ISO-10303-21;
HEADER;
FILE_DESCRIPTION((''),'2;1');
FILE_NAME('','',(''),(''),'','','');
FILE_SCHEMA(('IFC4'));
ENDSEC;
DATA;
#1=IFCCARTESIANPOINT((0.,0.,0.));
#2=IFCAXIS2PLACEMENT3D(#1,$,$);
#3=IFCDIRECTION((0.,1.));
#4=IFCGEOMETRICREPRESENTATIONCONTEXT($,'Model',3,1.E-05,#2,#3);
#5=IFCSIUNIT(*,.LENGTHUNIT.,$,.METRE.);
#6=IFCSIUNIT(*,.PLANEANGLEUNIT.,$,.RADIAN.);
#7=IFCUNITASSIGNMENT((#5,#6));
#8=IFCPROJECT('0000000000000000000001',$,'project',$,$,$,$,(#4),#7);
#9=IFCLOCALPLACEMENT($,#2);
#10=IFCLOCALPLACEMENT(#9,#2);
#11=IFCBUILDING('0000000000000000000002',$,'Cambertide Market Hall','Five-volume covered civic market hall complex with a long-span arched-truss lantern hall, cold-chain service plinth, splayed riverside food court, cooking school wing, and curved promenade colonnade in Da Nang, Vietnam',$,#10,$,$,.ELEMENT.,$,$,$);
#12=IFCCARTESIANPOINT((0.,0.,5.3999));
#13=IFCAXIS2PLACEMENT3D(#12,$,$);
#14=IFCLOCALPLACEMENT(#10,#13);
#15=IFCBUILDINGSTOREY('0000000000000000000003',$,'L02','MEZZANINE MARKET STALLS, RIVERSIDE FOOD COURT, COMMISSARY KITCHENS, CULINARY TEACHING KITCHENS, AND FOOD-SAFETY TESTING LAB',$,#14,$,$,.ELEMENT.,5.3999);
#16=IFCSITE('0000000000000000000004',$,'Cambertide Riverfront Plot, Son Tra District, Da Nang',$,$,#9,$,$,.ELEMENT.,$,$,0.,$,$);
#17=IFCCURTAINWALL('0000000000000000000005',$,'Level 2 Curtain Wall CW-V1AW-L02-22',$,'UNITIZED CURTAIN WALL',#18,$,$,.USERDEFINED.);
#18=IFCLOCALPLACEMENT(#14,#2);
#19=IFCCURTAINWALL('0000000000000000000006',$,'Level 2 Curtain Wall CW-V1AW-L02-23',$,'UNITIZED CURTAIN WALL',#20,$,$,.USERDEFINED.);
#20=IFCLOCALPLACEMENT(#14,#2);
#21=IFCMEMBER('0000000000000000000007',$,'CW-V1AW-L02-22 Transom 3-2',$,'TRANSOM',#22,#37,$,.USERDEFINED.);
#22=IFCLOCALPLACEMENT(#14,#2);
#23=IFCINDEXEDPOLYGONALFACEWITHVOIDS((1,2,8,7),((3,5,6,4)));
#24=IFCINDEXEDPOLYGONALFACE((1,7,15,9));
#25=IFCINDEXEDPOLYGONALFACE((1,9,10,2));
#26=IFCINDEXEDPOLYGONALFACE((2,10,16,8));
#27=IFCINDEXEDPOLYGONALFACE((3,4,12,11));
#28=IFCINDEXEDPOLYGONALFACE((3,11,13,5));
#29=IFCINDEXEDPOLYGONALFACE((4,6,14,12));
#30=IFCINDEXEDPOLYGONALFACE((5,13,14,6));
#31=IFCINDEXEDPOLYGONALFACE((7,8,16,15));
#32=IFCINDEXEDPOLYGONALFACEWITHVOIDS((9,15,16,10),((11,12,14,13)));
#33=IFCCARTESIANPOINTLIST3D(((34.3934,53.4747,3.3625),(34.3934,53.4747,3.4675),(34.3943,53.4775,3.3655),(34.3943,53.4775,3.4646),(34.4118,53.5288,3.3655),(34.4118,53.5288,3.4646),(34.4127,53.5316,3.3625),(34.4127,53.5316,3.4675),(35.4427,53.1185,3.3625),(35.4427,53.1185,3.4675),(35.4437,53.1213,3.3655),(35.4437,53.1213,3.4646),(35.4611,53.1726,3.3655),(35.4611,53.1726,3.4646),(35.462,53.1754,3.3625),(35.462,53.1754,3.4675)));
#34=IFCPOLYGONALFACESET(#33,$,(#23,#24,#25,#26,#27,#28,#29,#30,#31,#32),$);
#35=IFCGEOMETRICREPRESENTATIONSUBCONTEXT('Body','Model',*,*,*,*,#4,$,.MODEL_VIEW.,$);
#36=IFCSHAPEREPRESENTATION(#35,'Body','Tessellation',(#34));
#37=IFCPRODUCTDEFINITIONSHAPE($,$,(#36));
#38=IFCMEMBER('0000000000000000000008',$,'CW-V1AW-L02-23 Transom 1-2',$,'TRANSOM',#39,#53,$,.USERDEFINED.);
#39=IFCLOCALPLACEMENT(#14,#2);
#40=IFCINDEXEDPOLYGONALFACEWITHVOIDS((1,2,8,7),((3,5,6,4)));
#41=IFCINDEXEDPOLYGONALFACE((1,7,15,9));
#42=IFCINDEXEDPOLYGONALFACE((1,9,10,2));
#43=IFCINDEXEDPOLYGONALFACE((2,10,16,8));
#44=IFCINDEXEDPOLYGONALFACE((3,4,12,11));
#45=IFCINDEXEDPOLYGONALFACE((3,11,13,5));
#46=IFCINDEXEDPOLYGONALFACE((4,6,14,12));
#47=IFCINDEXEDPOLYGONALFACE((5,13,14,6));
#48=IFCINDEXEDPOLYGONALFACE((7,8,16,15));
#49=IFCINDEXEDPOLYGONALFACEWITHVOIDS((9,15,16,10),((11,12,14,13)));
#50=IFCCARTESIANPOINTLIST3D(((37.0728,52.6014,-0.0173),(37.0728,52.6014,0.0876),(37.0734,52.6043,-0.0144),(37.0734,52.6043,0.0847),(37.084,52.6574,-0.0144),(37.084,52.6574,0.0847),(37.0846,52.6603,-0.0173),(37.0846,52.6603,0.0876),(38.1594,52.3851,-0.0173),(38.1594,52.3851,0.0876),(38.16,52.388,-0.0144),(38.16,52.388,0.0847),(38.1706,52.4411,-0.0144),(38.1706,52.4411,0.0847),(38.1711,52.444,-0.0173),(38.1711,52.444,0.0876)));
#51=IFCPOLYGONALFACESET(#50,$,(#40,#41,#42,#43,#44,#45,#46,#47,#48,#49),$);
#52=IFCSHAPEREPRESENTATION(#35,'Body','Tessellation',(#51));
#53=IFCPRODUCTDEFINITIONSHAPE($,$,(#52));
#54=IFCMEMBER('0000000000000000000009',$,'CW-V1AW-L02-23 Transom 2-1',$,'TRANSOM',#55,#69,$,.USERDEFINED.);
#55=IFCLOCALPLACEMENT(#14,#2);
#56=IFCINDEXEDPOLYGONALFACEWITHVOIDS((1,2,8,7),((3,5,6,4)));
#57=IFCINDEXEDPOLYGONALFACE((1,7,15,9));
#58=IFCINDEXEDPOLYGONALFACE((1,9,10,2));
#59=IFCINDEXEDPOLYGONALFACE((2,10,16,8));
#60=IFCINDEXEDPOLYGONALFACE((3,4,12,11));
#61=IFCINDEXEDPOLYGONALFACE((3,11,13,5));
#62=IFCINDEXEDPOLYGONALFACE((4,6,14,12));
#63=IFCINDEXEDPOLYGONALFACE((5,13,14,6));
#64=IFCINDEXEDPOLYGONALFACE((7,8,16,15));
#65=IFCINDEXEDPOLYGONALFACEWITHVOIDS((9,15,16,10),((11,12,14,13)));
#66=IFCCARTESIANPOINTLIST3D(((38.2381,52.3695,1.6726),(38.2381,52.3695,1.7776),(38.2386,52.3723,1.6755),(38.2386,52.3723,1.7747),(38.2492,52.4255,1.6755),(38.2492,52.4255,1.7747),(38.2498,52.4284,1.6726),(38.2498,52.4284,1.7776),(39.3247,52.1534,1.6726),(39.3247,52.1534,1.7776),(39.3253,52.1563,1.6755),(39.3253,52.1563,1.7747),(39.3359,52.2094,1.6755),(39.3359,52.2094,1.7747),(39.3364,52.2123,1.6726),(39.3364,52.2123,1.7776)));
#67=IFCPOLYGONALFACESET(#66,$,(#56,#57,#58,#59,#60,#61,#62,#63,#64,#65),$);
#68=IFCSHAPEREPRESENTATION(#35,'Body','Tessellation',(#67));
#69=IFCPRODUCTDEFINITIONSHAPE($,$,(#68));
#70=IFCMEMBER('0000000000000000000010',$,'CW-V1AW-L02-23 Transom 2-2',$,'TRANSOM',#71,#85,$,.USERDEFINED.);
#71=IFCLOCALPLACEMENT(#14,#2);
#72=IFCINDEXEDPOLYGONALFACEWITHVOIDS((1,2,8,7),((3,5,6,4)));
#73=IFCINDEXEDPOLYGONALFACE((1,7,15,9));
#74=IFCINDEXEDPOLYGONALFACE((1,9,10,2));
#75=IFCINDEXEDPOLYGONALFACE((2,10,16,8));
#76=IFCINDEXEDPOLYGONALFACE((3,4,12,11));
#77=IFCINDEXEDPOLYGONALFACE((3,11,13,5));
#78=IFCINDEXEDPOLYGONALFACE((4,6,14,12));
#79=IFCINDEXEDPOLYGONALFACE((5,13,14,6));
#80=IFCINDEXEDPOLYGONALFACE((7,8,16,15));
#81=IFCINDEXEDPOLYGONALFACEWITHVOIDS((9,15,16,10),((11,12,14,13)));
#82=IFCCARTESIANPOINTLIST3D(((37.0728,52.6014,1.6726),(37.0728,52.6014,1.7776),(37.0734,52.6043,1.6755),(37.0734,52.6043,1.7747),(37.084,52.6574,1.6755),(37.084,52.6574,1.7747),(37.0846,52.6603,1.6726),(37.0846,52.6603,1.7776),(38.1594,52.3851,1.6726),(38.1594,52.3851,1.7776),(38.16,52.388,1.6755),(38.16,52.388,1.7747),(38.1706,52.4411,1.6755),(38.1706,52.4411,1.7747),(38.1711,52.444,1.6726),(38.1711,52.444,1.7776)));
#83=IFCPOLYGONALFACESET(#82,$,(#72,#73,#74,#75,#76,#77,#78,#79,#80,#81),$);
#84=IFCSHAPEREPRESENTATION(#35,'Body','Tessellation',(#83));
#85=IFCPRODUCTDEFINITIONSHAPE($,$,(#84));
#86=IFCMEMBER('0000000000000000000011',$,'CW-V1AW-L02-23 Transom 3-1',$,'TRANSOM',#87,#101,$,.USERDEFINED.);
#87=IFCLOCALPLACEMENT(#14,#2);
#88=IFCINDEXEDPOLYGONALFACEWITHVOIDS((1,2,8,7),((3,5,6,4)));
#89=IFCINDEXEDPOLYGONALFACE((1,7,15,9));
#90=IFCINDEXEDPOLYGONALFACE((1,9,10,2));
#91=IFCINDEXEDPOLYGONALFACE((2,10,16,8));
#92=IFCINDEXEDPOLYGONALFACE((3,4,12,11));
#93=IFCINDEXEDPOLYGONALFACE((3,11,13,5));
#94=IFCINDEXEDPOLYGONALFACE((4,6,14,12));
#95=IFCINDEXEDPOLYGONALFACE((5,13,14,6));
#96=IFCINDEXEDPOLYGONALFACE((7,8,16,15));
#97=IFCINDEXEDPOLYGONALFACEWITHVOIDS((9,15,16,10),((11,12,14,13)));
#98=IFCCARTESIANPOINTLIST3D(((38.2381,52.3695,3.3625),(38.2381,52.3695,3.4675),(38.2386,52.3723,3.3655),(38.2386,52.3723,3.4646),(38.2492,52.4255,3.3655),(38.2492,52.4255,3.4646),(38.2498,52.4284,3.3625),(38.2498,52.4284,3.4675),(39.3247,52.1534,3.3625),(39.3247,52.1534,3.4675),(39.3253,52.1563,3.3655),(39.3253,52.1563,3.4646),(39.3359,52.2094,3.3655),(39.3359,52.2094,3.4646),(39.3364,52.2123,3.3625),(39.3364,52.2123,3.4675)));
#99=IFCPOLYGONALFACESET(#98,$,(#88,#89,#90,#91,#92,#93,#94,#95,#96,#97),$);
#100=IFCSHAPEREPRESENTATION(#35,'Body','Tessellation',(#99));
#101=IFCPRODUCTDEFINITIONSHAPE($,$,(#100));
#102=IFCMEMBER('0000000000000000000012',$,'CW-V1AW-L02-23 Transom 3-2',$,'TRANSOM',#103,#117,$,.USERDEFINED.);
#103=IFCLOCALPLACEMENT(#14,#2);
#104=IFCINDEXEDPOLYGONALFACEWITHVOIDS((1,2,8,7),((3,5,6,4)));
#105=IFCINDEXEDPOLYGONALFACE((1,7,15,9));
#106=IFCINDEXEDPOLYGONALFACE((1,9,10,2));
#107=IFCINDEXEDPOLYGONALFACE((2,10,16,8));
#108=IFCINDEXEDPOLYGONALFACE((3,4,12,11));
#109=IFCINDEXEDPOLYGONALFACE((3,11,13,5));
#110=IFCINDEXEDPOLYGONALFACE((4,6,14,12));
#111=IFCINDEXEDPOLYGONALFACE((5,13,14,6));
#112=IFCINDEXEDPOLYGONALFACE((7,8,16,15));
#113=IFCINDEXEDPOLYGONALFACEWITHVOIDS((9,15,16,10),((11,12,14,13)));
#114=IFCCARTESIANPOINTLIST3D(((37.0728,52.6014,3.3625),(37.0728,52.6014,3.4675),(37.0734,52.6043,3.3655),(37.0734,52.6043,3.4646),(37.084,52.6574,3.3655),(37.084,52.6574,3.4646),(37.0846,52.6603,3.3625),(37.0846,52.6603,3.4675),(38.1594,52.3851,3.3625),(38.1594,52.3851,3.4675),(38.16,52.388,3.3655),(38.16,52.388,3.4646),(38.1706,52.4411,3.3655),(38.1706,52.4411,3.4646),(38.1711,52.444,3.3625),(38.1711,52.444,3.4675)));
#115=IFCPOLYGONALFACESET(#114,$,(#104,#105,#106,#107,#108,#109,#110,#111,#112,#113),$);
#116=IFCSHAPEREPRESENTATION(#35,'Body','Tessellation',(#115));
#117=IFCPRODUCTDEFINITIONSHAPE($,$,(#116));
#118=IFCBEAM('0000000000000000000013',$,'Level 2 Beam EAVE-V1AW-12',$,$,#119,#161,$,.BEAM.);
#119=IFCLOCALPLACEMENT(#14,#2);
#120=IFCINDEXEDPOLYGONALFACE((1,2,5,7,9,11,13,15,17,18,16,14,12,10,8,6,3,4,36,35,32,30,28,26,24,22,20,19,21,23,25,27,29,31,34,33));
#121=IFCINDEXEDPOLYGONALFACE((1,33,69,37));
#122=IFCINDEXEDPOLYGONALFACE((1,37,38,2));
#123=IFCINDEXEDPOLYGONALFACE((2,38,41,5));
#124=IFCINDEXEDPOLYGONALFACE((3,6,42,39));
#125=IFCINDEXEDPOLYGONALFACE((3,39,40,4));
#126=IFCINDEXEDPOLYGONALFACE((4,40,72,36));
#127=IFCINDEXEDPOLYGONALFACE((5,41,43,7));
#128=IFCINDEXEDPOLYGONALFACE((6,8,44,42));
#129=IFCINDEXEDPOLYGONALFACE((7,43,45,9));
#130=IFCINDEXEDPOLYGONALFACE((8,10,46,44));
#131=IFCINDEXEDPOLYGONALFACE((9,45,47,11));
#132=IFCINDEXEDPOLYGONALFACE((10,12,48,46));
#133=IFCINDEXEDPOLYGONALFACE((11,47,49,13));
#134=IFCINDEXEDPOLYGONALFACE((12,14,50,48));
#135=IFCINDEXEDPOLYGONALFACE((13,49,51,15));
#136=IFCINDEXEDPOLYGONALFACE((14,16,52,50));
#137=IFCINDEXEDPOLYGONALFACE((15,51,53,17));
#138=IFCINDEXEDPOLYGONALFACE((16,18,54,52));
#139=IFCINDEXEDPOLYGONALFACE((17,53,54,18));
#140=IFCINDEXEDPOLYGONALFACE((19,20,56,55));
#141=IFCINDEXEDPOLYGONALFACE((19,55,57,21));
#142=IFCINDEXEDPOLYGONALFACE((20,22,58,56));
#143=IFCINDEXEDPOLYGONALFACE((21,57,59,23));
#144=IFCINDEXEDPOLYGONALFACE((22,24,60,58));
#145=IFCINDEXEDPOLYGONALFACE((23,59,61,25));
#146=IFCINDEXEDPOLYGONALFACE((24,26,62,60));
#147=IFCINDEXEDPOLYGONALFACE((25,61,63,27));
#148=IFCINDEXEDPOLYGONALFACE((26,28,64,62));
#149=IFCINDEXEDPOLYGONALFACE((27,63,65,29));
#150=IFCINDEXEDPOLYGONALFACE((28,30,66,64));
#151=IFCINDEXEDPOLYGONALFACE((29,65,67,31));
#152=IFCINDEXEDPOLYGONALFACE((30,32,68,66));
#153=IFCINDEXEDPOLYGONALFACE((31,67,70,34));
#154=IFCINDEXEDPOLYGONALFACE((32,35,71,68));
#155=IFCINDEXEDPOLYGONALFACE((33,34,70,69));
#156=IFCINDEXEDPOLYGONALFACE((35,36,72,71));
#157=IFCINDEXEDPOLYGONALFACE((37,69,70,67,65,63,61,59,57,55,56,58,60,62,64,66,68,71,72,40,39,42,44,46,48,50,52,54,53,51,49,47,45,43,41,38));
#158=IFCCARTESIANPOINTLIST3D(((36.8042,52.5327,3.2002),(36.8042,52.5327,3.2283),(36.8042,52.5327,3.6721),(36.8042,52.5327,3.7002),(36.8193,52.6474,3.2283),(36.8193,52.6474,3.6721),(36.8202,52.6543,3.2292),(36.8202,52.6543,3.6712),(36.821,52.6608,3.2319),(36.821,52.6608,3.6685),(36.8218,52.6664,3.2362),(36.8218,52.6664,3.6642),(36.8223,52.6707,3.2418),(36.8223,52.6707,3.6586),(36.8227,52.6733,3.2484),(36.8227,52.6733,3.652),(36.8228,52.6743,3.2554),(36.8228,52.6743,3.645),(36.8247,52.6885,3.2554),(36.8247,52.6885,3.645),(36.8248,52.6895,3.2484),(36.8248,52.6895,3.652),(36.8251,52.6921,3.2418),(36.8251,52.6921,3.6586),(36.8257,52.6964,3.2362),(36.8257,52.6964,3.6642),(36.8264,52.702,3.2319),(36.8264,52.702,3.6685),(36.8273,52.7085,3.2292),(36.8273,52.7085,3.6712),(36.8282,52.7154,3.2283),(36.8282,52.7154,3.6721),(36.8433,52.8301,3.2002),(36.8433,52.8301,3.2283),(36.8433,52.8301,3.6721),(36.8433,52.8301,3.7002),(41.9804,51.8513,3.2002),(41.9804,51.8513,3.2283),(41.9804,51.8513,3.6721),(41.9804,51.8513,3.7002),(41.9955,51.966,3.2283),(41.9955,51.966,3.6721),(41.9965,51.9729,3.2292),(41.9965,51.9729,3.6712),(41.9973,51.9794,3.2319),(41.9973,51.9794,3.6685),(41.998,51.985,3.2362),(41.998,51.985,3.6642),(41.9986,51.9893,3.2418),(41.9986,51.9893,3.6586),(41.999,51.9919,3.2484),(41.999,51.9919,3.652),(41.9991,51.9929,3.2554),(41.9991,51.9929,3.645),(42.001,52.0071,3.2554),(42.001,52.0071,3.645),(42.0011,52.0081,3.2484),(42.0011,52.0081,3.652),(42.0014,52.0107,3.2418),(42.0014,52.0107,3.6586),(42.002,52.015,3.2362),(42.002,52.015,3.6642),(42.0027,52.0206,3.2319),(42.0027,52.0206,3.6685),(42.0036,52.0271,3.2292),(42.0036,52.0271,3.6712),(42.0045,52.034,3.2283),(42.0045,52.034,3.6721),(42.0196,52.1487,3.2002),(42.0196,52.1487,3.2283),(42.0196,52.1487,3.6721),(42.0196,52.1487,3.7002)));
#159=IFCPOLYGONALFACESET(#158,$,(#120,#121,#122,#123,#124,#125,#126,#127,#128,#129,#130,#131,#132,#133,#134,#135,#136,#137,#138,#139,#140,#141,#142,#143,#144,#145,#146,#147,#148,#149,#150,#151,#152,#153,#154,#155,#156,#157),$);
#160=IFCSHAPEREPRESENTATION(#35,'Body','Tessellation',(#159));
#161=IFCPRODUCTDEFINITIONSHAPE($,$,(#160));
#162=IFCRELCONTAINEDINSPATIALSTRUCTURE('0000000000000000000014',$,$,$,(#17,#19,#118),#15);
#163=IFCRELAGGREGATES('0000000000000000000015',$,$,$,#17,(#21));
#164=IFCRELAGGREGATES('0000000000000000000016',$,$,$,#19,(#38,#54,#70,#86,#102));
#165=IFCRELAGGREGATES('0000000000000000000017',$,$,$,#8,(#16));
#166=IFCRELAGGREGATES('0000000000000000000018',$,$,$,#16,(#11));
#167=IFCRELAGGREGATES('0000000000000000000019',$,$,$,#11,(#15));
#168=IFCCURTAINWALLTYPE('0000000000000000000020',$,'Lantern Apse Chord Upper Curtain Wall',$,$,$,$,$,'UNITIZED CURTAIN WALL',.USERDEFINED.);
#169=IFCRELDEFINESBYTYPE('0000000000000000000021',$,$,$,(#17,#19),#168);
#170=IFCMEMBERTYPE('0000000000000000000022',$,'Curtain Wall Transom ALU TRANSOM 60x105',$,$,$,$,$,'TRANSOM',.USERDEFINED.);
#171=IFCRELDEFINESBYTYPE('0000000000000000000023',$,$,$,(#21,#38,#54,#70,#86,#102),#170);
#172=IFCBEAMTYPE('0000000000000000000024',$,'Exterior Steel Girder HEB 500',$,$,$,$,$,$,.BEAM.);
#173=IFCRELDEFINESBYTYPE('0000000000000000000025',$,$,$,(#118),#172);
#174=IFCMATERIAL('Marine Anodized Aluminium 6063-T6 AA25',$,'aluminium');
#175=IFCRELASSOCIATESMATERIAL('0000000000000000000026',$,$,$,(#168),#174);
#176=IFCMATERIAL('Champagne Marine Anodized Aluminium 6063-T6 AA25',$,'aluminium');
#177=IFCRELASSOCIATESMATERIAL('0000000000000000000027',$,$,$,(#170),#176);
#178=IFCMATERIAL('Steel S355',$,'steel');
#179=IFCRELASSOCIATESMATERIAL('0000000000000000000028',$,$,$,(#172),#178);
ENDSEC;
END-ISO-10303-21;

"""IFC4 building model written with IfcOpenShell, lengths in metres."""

from ifc_helpers import new_model, si_unit, direction, frame, origin, origin_2d, place, context, subcontext, project, spatial, hollow_rectangle, i_section, extrude, material, material_profile, profile_set, type_object, element, aggregate, save


model = new_model("IFC4")

# Units and contexts
model_context = context("Model", 3, precision=1e-05, world=origin(), true_north=direction((0.0, 1.0)))
body_context = subcontext(model_context, "Body", "Model", "MODEL_VIEW")
ifc_project = project(units=[si_unit("LENGTHUNIT", "METRE"), si_unit("PLANEANGLEUNIT", "RADIAN")], contexts=[model_context])

# Site, building, storey
site_placement = place(None, origin())
site = spatial("IfcSite", under=ifc_project, at=site_placement, Name="Cambertide Riverfront Plot, Son Tra District, Da Nang", CompositionType="ELEMENT", RefElevation=0.0)
building_placement = place(site_placement, origin())
building = spatial("IfcBuilding", under=site, at=building_placement, Name="Cambertide Market Hall", Description="Five-volume covered civic market hall complex with a long-span arched-truss lantern hall, cold-chain service plinth, splayed riverside food court, cooking school wing, and curved promenade colonnade in Da Nang, Vietnam", CompositionType="ELEMENT")
storey_placement = place(building_placement, frame((0.0, 0.0, 5.3999)))
storey = spatial("IfcBuildingStorey", under=building, at=storey_placement, Name="L02", Description="MEZZANINE MARKET STALLS, RIVERSIDE FOOD COURT, COMMISSARY KITCHENS, CULINARY TEACHING KITCHENS, AND FOOD-SAFETY TESTING LAB", CompositionType="ELEMENT", Elevation=5.3999)

# Curtain walls
ifc_material_1 = material(Name="Marine Anodized Aluminium 6063-T6 AA25", Category="aluminium")
curtain_wall_type = type_object("IfcCurtainWallType", Name="Lantern Apse Chord Upper Curtain Wall", ElementType="UNITIZED CURTAIN WALL", PredefinedType="USERDEFINED", material=ifc_material_1)
curtain_wall_1_placement = place(storey_placement, origin())
curtain_wall_1 = element("IfcCurtainWall", 1, at=curtain_wall_1_placement, inside=storey, type_object=curtain_wall_type, Name="Level 2 Curtain Wall CW-V1AW-L02-22", ObjectType="UNITIZED CURTAIN WALL", PredefinedType="USERDEFINED")
curtain_wall_2_placement = place(storey_placement, origin())
curtain_wall_2 = element("IfcCurtainWall", 2, at=curtain_wall_2_placement, inside=storey, type_object=curtain_wall_type, Name="Level 2 Curtain Wall CW-V1AW-L02-23", ObjectType="UNITIZED CURTAIN WALL", PredefinedType="USERDEFINED")

# Members
ifc_material_2 = material(Name="Champagne Marine Anodized Aluminium 6063-T6 AA25", Category="aluminium")
ifc_material_profile_1 = material_profile(ifc_material_2, hollow_rectangle(XDim=0.0601, YDim=0.105, WallThickness=0.0029, at=origin_2d()), Name="ALU TRANSOM 60x105")
ifc_profile_set_1 = profile_set([ifc_material_profile_1], Name="Champagne Marine Anodized Aluminium 6063-T6 AA25")
member_type_1 = type_object("IfcMemberType", Name="Curtain Wall Transom ALU TRANSOM 60x105", ElementType="TRANSOM", PredefinedType="USERDEFINED", material=ifc_profile_set_1)
member_1_placement = place(storey_placement, frame((35.4524, 53.147, 3.415), z_axis=(-0.946928, 0.321445, 0.0), x_axis=(-0.321445, -0.946928, 0.0)))
member_1 = element("IfcMember", 3, at=member_1_placement, type_object=member_type_1, Name="CW-V1AW-L02-22 Transom 3-2", ObjectType="TRANSOM", PredefinedType="USERDEFINED", context=body_context, shape_type="SweptSolid", body=[
    extrude(hollow_rectangle(XDim=0.0601, YDim=0.105, WallThickness=0.0029, at=origin_2d()), origin(), (0.0, 0.0, 1.0), 1.1082),
])
member_2_placement = place(storey_placement, frame((38.1653, 52.4146, 0.0352), z_axis=(-0.980758, 0.195226, 0.0), x_axis=(-0.195226, -0.980758, 0.0)))
member_2 = element("IfcMember", 4, at=member_2_placement, type_object=member_type_1, Name="CW-V1AW-L02-23 Transom 1-2", ObjectType="TRANSOM", PredefinedType="USERDEFINED", context=body_context, shape_type="SweptSolid", body=[
    extrude(hollow_rectangle(XDim=0.0601, YDim=0.105, WallThickness=0.0029, at=origin_2d()), origin(), (0.0, 0.0, 1.0), 1.1079),
])
member_3_placement = place(storey_placement, frame((39.3306, 52.1829, 1.7251), z_axis=(-0.9808, 0.195014, 0.0), x_axis=(-0.195014, -0.9808, 0.0)))
member_3 = element("IfcMember", 5, at=member_3_placement, type_object=member_type_1, Name="CW-V1AW-L02-23 Transom 2-1", ObjectType="TRANSOM", PredefinedType="USERDEFINED", context=body_context, shape_type="SweptSolid", body=[
    extrude(hollow_rectangle(XDim=0.0601, YDim=0.105, WallThickness=0.0029, at=origin_2d()), origin(), (0.0, 0.0, 1.0), 1.1079),
])
member_4_placement = place(storey_placement, frame((38.1653, 52.4146, 1.7251), z_axis=(-0.980758, 0.195226, 0.0), x_axis=(-0.195226, -0.980758, 0.0)))
member_4 = element("IfcMember", 6, at=member_4_placement, type_object=member_type_1, Name="CW-V1AW-L02-23 Transom 2-2", ObjectType="TRANSOM", PredefinedType="USERDEFINED", context=body_context, shape_type="SweptSolid", body=[
    extrude(hollow_rectangle(XDim=0.0601, YDim=0.105, WallThickness=0.0029, at=origin_2d()), origin(), (0.0, 0.0, 1.0), 1.1079),
])
member_5_placement = place(storey_placement, frame((39.3306, 52.1829, 3.415), z_axis=(-0.9808, 0.195014, 0.0), x_axis=(-0.195014, -0.9808, 0.0)))
member_5 = element("IfcMember", 7, at=member_5_placement, type_object=member_type_1, Name="CW-V1AW-L02-23 Transom 3-1", ObjectType="TRANSOM", PredefinedType="USERDEFINED", context=body_context, shape_type="SweptSolid", body=[
    extrude(hollow_rectangle(XDim=0.0601, YDim=0.105, WallThickness=0.0029, at=origin_2d()), origin(), (0.0, 0.0, 1.0), 1.1079),
])
member_6_placement = place(storey_placement, frame((38.1653, 52.4146, 3.415), z_axis=(-0.980758, 0.195226, 0.0), x_axis=(-0.195226, -0.980758, 0.0)))
member_6 = element("IfcMember", 8, at=member_6_placement, type_object=member_type_1, Name="CW-V1AW-L02-23 Transom 3-2", ObjectType="TRANSOM", PredefinedType="USERDEFINED", context=body_context, shape_type="SweptSolid", body=[
    extrude(hollow_rectangle(XDim=0.0601, YDim=0.105, WallThickness=0.0029, at=origin_2d()), origin(), (0.0, 0.0, 1.0), 1.1079),
])

# Beam
ifc_material_3 = material(Name="Steel S355", Category="steel")
ifc_material_profile_2 = material_profile(ifc_material_3, i_section(OverallWidth=0.3, OverallDepth=0.5, WebThickness=0.0144, FlangeThickness=0.0281, FilletRadius=0.0271, at=origin_2d()), Name="HEB 500")
ifc_profile_set_2 = profile_set([ifc_material_profile_2], Name="Steel S355")
beam_type_1 = type_object("IfcBeamType", Name="Exterior Steel Girder HEB 500", PredefinedType="BEAM", material=ifc_profile_set_2)
beam_1_placement = place(storey_placement, frame((36.8237, 52.6814, 3.4502), z_axis=(0.991447, -0.130513, 0.0), x_axis=(0.130513, 0.991447, 0.0)))
element("IfcBeam", 9, at=beam_1_placement, inside=storey, type_object=beam_type_1, Name="Level 2 Beam EAVE-V1AW-12", PredefinedType="BEAM", context=body_context, shape_type="SweptSolid", body=[
    extrude(i_section(OverallWidth=0.3, OverallDepth=0.5, WebThickness=0.0144, FlangeThickness=0.0281, FilletRadius=0.0271, at=origin_2d()), origin(), (0.0, 0.0, 1.0), 5.2209),
])

aggregate(curtain_wall_1, [member_1])
aggregate(curtain_wall_2, [member_2, member_3, member_4, member_5, member_6])

save(model, "model.ifc")
